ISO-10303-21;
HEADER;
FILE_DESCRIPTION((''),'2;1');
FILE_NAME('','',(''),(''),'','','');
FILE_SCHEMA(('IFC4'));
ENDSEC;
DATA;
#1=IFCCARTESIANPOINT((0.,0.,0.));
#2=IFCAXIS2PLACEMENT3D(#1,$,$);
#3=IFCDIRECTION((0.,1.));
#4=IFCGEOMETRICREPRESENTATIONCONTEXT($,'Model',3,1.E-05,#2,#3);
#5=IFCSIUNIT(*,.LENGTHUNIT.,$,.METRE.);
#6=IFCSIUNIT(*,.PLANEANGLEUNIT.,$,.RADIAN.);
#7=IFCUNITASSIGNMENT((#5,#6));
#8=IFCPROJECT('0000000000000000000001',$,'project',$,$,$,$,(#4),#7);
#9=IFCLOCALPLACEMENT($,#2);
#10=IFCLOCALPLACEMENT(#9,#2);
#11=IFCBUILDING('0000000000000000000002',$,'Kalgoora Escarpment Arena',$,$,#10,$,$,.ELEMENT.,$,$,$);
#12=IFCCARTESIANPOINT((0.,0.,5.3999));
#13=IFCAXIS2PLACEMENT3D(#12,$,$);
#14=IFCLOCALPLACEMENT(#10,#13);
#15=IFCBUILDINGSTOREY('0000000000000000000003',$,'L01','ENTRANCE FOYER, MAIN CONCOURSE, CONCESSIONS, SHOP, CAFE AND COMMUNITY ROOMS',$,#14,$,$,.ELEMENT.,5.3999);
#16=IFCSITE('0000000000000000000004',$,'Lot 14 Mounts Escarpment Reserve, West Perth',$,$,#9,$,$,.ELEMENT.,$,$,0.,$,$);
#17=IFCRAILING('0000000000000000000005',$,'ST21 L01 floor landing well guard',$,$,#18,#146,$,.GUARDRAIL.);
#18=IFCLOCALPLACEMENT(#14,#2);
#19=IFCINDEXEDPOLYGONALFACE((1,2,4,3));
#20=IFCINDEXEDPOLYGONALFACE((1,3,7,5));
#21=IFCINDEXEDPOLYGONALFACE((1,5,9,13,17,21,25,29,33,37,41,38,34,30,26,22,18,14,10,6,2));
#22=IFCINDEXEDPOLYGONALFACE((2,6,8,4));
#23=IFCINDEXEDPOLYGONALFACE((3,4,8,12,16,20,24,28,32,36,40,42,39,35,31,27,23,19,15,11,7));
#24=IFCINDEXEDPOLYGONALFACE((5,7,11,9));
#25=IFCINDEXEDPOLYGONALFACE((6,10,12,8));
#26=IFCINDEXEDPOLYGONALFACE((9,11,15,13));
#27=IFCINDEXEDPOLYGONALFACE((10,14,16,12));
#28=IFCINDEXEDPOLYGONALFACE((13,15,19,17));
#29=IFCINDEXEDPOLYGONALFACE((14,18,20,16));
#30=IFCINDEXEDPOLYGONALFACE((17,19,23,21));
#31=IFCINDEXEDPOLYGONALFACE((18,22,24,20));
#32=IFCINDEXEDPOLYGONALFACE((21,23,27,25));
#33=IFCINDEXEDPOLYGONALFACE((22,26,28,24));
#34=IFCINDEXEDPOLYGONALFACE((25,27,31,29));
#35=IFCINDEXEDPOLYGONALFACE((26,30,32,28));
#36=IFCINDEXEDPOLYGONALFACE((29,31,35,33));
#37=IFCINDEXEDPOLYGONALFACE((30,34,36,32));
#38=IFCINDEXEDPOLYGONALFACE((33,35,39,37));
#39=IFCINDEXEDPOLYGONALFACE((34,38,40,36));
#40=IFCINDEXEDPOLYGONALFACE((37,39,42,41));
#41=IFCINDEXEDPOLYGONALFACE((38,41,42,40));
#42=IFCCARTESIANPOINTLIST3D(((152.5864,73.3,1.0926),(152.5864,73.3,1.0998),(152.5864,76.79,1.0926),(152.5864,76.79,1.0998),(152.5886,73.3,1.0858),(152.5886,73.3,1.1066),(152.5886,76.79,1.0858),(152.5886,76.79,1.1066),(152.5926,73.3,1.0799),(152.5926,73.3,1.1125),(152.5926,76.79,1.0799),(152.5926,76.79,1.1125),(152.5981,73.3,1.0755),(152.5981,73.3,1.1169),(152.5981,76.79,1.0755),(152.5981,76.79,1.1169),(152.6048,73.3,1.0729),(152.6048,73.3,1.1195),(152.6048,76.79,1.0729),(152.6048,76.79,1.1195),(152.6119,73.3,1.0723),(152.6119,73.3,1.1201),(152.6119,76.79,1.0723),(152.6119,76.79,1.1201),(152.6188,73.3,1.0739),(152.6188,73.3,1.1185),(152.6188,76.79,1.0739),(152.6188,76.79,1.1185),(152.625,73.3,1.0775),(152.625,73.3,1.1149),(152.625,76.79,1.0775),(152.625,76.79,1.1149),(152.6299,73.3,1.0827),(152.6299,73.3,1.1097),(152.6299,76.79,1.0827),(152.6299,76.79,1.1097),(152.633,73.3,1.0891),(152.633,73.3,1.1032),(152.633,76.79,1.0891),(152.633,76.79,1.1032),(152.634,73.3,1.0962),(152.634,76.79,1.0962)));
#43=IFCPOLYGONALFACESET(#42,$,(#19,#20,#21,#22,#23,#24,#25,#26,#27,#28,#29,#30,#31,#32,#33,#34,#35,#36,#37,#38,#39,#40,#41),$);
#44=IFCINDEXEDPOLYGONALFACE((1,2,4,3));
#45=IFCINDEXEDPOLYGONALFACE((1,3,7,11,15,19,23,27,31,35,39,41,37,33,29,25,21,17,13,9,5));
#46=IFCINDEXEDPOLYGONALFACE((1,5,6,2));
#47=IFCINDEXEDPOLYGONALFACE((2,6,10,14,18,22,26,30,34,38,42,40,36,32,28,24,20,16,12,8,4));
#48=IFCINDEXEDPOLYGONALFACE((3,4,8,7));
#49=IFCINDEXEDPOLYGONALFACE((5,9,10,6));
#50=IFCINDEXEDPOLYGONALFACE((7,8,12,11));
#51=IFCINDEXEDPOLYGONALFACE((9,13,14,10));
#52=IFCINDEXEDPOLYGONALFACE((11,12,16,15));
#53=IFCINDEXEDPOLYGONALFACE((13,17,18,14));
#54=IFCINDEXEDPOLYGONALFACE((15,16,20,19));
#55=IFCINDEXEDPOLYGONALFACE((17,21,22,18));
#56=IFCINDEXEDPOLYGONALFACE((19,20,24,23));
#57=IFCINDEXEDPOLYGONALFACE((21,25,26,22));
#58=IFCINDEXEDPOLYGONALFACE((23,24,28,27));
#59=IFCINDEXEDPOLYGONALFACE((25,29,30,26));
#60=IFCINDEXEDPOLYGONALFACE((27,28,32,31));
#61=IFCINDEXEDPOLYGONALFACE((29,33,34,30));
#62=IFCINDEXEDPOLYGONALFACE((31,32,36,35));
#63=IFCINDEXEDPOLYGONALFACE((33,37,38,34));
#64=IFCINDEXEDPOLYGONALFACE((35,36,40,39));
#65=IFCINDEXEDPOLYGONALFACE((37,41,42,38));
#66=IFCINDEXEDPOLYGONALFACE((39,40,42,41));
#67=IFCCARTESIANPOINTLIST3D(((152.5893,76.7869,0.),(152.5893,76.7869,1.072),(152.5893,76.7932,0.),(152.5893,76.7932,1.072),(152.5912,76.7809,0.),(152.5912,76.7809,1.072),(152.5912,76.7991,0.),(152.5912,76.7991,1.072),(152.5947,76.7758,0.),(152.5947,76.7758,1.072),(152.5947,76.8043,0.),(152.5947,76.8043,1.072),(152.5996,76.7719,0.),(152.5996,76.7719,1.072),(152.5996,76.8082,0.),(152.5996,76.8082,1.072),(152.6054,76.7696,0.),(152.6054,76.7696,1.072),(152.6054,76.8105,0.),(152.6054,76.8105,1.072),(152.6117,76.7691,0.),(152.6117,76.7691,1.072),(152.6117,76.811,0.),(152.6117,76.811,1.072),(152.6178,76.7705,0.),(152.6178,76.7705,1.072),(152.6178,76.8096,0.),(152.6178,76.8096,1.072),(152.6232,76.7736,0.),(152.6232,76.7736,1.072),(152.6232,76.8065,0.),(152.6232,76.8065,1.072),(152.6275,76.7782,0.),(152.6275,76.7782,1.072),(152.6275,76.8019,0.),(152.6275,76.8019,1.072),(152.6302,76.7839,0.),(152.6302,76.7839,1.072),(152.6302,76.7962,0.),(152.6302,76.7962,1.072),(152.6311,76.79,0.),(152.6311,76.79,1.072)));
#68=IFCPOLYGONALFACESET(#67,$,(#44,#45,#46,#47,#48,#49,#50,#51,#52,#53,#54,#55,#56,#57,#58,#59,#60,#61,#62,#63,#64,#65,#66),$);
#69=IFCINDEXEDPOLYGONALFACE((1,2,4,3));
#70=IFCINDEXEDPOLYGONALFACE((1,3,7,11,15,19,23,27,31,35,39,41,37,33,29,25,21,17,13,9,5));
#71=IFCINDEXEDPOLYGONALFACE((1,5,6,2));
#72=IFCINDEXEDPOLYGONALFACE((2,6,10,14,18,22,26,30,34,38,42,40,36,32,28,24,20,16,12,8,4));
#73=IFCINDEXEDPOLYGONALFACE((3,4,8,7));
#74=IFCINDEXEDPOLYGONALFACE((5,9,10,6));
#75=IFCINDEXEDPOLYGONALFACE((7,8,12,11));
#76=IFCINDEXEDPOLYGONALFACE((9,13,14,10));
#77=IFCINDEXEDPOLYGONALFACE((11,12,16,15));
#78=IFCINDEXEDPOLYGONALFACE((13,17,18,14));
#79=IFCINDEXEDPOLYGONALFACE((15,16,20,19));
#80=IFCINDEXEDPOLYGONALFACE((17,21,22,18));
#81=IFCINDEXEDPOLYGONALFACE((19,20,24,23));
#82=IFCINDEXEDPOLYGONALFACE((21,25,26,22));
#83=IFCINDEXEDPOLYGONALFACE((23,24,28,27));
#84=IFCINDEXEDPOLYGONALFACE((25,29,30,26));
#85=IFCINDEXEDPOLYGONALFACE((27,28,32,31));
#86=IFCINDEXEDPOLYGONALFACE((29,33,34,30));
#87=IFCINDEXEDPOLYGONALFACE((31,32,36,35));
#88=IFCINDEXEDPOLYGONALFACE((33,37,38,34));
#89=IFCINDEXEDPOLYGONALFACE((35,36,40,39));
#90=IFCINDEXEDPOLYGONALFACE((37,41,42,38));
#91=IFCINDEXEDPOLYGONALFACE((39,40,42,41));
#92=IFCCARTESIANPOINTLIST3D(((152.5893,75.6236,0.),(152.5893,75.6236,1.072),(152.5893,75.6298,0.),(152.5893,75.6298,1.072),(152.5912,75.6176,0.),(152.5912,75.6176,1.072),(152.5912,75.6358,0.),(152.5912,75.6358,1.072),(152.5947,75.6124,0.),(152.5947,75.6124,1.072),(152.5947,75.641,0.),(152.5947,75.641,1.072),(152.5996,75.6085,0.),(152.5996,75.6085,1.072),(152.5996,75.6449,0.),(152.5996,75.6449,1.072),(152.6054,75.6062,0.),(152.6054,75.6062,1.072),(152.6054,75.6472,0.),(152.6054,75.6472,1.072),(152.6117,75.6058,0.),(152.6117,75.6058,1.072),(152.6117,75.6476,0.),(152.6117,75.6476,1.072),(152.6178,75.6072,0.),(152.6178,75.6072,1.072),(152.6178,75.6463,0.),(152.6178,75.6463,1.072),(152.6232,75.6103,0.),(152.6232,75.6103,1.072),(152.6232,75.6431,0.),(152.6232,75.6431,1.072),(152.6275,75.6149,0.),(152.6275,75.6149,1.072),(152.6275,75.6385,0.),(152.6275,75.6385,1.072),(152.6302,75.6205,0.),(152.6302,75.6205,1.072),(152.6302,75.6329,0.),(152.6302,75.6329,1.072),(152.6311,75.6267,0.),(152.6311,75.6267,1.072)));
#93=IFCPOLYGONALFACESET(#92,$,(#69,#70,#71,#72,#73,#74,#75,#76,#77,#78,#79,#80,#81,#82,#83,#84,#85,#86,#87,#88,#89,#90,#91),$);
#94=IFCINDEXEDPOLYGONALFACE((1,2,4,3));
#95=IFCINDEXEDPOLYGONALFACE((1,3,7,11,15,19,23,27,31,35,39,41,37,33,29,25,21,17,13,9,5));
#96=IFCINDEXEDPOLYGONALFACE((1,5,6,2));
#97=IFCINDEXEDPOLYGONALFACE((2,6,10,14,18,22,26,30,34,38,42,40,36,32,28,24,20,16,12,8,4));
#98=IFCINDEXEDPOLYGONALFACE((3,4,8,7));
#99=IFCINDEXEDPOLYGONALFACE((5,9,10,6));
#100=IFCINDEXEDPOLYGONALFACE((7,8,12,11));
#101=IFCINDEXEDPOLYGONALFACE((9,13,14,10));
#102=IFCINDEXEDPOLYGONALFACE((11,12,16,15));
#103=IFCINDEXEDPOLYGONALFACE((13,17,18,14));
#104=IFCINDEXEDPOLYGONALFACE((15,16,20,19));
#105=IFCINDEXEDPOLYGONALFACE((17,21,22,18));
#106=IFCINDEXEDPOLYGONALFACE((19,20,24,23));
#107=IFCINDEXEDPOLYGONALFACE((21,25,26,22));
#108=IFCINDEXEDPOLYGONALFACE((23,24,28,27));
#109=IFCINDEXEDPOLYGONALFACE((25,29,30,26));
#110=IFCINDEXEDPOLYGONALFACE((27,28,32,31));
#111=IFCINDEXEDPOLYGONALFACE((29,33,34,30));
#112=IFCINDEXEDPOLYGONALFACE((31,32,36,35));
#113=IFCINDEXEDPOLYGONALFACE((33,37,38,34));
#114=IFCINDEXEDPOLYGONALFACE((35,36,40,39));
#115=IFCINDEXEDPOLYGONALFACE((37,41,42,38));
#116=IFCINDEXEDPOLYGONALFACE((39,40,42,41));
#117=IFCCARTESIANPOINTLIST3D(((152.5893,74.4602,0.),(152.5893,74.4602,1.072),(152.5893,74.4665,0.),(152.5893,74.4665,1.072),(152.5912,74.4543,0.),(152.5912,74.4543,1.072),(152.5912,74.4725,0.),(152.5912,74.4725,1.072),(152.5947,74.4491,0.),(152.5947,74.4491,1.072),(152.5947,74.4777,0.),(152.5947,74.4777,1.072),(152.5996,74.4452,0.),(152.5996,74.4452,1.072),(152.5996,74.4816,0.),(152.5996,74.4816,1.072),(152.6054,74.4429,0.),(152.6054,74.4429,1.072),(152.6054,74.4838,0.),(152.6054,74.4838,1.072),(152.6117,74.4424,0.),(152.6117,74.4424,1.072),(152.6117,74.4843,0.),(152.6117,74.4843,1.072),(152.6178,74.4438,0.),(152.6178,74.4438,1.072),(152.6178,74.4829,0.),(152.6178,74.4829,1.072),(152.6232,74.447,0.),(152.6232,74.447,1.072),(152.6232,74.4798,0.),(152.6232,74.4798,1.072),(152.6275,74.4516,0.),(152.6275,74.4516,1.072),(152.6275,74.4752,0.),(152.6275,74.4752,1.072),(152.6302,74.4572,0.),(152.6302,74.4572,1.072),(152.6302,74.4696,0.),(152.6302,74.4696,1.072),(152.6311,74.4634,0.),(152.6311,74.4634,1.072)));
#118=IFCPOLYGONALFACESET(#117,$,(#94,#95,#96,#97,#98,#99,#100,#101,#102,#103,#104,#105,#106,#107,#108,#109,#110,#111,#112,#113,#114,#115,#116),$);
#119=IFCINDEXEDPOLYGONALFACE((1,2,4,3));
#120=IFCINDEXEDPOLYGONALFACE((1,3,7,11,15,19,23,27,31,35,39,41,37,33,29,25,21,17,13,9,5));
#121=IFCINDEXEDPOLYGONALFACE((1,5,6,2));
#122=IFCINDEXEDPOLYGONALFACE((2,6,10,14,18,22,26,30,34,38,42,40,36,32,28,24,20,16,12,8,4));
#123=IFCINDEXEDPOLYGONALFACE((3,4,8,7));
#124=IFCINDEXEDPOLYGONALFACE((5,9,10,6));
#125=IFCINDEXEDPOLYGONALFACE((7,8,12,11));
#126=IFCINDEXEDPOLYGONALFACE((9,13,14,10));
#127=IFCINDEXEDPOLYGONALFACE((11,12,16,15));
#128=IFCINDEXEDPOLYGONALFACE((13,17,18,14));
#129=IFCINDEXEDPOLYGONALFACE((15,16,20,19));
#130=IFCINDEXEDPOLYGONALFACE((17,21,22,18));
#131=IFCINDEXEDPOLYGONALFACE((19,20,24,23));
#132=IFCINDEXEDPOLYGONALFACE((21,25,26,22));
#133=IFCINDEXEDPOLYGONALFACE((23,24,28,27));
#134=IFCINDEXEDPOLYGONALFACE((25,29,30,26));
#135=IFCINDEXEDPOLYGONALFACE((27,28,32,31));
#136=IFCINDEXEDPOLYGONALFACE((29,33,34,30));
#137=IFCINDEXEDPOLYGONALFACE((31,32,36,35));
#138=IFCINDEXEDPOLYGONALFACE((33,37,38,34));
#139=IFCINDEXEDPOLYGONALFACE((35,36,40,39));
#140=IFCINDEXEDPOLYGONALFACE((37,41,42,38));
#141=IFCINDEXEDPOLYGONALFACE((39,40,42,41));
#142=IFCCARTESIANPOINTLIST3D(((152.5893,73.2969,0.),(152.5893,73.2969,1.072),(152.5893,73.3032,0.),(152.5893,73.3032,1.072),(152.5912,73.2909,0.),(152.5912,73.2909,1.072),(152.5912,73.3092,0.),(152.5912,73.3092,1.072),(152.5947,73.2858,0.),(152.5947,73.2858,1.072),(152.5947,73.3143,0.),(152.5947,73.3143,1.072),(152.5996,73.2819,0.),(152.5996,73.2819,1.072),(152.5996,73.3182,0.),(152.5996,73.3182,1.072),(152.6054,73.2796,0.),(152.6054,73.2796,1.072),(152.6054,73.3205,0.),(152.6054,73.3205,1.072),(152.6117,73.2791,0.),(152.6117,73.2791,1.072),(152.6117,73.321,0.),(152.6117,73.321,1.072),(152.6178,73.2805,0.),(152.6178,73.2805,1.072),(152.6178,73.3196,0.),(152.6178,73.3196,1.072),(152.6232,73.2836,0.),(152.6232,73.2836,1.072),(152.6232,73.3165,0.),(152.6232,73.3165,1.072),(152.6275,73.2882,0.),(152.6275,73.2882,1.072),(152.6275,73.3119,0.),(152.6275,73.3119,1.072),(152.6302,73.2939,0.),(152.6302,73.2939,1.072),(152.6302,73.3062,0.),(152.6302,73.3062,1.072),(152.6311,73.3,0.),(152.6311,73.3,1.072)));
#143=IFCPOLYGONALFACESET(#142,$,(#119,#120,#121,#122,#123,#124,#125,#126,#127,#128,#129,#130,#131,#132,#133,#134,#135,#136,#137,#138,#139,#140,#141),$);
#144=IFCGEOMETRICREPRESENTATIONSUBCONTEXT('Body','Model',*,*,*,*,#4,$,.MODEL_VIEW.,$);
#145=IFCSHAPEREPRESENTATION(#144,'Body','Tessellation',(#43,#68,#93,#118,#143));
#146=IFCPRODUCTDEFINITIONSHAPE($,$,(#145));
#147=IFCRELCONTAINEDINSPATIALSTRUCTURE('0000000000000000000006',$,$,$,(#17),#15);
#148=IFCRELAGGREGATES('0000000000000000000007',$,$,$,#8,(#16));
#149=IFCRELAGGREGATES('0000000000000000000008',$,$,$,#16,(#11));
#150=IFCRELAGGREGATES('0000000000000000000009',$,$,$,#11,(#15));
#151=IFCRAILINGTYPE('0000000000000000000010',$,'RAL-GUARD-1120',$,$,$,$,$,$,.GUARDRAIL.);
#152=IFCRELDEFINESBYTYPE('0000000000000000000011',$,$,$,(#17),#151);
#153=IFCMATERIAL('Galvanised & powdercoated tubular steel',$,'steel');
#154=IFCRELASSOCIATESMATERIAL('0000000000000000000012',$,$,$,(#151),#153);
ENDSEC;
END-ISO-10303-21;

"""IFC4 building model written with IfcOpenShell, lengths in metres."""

from ifc_helpers import new_model, si_unit, direction, frame, origin, origin_2d, place, context, subcontext, project, spatial, circle, extrude, material, type_object, element, save


model = new_model("IFC4")

# Units and contexts
model_context = context("Model", 3, precision=1e-05, world=origin(), true_north=direction((0.0, 1.0)))
body_context = subcontext(model_context, "Body", "Model", "MODEL_VIEW")
ifc_project = project(units=[si_unit("LENGTHUNIT", "METRE"), si_unit("PLANEANGLEUNIT", "RADIAN")], contexts=[model_context])

# Site, building, storey
site_placement = place(None, origin())
site = spatial("IfcSite", under=ifc_project, at=site_placement, Name="Lot 14 Mounts Escarpment Reserve, West Perth", CompositionType="ELEMENT", RefElevation=0.0)
building_placement = place(site_placement, origin())
building = spatial("IfcBuilding", under=site, at=building_placement, Name="Kalgoora Escarpment Arena", CompositionType="ELEMENT")
storey_placement = place(building_placement, frame((0.0, 0.0, 5.3999)))
storey = spatial("IfcBuildingStorey", under=building, at=storey_placement, Name="L01", Description="ENTRANCE FOYER, MAIN CONCOURSE, CONCESSIONS, SHOP, CAFE AND COMMUNITY ROOMS", CompositionType="ELEMENT", Elevation=5.3999)

# Railing
ifc_material_1 = material(Name="Galvanised & powdercoated tubular steel", Category="steel")
railing_type_1 = type_object("IfcRailingType", Name="RAL-GUARD-1120", PredefinedType="GUARDRAIL", material=ifc_material_1)
railing_1_placement = place(storey_placement, frame((152.6101, 76.79, 0.0)))
element("IfcRailing", 1, at=railing_1_placement, inside=storey, type_object=railing_type_1, Name="ST21 L01 floor landing well guard", PredefinedType="GUARDRAIL", context=body_context, shape_type="SweptSolid", body=[
    extrude(circle(Radius=0.0239, at=origin_2d()), frame((0.0, 0.0, 1.0962), z_axis=(0.0, -1.0, 0.0), x_axis=(1.0, 0.0, 0.0)), (0.0, 0.0, 1.0), 3.49),
    extrude(circle(Radius=0.021, at=origin_2d()), origin(), (0.0, 0.0, 1.0), 1.072),
    extrude(circle(Radius=0.021, at=origin_2d()), frame((0.0, -1.1633, 0.0)), (0.0, 0.0, 1.0), 1.072),
    extrude(circle(Radius=0.021, at=origin_2d()), frame((0.0, -2.3267, 0.0)), (0.0, 0.0, 1.0), 1.072),
    extrude(circle(Radius=0.021, at=origin_2d()), frame((0.0, -3.49, 0.0)), (0.0, 0.0, 1.0), 1.072),
])

save(model, "model.ifc")
